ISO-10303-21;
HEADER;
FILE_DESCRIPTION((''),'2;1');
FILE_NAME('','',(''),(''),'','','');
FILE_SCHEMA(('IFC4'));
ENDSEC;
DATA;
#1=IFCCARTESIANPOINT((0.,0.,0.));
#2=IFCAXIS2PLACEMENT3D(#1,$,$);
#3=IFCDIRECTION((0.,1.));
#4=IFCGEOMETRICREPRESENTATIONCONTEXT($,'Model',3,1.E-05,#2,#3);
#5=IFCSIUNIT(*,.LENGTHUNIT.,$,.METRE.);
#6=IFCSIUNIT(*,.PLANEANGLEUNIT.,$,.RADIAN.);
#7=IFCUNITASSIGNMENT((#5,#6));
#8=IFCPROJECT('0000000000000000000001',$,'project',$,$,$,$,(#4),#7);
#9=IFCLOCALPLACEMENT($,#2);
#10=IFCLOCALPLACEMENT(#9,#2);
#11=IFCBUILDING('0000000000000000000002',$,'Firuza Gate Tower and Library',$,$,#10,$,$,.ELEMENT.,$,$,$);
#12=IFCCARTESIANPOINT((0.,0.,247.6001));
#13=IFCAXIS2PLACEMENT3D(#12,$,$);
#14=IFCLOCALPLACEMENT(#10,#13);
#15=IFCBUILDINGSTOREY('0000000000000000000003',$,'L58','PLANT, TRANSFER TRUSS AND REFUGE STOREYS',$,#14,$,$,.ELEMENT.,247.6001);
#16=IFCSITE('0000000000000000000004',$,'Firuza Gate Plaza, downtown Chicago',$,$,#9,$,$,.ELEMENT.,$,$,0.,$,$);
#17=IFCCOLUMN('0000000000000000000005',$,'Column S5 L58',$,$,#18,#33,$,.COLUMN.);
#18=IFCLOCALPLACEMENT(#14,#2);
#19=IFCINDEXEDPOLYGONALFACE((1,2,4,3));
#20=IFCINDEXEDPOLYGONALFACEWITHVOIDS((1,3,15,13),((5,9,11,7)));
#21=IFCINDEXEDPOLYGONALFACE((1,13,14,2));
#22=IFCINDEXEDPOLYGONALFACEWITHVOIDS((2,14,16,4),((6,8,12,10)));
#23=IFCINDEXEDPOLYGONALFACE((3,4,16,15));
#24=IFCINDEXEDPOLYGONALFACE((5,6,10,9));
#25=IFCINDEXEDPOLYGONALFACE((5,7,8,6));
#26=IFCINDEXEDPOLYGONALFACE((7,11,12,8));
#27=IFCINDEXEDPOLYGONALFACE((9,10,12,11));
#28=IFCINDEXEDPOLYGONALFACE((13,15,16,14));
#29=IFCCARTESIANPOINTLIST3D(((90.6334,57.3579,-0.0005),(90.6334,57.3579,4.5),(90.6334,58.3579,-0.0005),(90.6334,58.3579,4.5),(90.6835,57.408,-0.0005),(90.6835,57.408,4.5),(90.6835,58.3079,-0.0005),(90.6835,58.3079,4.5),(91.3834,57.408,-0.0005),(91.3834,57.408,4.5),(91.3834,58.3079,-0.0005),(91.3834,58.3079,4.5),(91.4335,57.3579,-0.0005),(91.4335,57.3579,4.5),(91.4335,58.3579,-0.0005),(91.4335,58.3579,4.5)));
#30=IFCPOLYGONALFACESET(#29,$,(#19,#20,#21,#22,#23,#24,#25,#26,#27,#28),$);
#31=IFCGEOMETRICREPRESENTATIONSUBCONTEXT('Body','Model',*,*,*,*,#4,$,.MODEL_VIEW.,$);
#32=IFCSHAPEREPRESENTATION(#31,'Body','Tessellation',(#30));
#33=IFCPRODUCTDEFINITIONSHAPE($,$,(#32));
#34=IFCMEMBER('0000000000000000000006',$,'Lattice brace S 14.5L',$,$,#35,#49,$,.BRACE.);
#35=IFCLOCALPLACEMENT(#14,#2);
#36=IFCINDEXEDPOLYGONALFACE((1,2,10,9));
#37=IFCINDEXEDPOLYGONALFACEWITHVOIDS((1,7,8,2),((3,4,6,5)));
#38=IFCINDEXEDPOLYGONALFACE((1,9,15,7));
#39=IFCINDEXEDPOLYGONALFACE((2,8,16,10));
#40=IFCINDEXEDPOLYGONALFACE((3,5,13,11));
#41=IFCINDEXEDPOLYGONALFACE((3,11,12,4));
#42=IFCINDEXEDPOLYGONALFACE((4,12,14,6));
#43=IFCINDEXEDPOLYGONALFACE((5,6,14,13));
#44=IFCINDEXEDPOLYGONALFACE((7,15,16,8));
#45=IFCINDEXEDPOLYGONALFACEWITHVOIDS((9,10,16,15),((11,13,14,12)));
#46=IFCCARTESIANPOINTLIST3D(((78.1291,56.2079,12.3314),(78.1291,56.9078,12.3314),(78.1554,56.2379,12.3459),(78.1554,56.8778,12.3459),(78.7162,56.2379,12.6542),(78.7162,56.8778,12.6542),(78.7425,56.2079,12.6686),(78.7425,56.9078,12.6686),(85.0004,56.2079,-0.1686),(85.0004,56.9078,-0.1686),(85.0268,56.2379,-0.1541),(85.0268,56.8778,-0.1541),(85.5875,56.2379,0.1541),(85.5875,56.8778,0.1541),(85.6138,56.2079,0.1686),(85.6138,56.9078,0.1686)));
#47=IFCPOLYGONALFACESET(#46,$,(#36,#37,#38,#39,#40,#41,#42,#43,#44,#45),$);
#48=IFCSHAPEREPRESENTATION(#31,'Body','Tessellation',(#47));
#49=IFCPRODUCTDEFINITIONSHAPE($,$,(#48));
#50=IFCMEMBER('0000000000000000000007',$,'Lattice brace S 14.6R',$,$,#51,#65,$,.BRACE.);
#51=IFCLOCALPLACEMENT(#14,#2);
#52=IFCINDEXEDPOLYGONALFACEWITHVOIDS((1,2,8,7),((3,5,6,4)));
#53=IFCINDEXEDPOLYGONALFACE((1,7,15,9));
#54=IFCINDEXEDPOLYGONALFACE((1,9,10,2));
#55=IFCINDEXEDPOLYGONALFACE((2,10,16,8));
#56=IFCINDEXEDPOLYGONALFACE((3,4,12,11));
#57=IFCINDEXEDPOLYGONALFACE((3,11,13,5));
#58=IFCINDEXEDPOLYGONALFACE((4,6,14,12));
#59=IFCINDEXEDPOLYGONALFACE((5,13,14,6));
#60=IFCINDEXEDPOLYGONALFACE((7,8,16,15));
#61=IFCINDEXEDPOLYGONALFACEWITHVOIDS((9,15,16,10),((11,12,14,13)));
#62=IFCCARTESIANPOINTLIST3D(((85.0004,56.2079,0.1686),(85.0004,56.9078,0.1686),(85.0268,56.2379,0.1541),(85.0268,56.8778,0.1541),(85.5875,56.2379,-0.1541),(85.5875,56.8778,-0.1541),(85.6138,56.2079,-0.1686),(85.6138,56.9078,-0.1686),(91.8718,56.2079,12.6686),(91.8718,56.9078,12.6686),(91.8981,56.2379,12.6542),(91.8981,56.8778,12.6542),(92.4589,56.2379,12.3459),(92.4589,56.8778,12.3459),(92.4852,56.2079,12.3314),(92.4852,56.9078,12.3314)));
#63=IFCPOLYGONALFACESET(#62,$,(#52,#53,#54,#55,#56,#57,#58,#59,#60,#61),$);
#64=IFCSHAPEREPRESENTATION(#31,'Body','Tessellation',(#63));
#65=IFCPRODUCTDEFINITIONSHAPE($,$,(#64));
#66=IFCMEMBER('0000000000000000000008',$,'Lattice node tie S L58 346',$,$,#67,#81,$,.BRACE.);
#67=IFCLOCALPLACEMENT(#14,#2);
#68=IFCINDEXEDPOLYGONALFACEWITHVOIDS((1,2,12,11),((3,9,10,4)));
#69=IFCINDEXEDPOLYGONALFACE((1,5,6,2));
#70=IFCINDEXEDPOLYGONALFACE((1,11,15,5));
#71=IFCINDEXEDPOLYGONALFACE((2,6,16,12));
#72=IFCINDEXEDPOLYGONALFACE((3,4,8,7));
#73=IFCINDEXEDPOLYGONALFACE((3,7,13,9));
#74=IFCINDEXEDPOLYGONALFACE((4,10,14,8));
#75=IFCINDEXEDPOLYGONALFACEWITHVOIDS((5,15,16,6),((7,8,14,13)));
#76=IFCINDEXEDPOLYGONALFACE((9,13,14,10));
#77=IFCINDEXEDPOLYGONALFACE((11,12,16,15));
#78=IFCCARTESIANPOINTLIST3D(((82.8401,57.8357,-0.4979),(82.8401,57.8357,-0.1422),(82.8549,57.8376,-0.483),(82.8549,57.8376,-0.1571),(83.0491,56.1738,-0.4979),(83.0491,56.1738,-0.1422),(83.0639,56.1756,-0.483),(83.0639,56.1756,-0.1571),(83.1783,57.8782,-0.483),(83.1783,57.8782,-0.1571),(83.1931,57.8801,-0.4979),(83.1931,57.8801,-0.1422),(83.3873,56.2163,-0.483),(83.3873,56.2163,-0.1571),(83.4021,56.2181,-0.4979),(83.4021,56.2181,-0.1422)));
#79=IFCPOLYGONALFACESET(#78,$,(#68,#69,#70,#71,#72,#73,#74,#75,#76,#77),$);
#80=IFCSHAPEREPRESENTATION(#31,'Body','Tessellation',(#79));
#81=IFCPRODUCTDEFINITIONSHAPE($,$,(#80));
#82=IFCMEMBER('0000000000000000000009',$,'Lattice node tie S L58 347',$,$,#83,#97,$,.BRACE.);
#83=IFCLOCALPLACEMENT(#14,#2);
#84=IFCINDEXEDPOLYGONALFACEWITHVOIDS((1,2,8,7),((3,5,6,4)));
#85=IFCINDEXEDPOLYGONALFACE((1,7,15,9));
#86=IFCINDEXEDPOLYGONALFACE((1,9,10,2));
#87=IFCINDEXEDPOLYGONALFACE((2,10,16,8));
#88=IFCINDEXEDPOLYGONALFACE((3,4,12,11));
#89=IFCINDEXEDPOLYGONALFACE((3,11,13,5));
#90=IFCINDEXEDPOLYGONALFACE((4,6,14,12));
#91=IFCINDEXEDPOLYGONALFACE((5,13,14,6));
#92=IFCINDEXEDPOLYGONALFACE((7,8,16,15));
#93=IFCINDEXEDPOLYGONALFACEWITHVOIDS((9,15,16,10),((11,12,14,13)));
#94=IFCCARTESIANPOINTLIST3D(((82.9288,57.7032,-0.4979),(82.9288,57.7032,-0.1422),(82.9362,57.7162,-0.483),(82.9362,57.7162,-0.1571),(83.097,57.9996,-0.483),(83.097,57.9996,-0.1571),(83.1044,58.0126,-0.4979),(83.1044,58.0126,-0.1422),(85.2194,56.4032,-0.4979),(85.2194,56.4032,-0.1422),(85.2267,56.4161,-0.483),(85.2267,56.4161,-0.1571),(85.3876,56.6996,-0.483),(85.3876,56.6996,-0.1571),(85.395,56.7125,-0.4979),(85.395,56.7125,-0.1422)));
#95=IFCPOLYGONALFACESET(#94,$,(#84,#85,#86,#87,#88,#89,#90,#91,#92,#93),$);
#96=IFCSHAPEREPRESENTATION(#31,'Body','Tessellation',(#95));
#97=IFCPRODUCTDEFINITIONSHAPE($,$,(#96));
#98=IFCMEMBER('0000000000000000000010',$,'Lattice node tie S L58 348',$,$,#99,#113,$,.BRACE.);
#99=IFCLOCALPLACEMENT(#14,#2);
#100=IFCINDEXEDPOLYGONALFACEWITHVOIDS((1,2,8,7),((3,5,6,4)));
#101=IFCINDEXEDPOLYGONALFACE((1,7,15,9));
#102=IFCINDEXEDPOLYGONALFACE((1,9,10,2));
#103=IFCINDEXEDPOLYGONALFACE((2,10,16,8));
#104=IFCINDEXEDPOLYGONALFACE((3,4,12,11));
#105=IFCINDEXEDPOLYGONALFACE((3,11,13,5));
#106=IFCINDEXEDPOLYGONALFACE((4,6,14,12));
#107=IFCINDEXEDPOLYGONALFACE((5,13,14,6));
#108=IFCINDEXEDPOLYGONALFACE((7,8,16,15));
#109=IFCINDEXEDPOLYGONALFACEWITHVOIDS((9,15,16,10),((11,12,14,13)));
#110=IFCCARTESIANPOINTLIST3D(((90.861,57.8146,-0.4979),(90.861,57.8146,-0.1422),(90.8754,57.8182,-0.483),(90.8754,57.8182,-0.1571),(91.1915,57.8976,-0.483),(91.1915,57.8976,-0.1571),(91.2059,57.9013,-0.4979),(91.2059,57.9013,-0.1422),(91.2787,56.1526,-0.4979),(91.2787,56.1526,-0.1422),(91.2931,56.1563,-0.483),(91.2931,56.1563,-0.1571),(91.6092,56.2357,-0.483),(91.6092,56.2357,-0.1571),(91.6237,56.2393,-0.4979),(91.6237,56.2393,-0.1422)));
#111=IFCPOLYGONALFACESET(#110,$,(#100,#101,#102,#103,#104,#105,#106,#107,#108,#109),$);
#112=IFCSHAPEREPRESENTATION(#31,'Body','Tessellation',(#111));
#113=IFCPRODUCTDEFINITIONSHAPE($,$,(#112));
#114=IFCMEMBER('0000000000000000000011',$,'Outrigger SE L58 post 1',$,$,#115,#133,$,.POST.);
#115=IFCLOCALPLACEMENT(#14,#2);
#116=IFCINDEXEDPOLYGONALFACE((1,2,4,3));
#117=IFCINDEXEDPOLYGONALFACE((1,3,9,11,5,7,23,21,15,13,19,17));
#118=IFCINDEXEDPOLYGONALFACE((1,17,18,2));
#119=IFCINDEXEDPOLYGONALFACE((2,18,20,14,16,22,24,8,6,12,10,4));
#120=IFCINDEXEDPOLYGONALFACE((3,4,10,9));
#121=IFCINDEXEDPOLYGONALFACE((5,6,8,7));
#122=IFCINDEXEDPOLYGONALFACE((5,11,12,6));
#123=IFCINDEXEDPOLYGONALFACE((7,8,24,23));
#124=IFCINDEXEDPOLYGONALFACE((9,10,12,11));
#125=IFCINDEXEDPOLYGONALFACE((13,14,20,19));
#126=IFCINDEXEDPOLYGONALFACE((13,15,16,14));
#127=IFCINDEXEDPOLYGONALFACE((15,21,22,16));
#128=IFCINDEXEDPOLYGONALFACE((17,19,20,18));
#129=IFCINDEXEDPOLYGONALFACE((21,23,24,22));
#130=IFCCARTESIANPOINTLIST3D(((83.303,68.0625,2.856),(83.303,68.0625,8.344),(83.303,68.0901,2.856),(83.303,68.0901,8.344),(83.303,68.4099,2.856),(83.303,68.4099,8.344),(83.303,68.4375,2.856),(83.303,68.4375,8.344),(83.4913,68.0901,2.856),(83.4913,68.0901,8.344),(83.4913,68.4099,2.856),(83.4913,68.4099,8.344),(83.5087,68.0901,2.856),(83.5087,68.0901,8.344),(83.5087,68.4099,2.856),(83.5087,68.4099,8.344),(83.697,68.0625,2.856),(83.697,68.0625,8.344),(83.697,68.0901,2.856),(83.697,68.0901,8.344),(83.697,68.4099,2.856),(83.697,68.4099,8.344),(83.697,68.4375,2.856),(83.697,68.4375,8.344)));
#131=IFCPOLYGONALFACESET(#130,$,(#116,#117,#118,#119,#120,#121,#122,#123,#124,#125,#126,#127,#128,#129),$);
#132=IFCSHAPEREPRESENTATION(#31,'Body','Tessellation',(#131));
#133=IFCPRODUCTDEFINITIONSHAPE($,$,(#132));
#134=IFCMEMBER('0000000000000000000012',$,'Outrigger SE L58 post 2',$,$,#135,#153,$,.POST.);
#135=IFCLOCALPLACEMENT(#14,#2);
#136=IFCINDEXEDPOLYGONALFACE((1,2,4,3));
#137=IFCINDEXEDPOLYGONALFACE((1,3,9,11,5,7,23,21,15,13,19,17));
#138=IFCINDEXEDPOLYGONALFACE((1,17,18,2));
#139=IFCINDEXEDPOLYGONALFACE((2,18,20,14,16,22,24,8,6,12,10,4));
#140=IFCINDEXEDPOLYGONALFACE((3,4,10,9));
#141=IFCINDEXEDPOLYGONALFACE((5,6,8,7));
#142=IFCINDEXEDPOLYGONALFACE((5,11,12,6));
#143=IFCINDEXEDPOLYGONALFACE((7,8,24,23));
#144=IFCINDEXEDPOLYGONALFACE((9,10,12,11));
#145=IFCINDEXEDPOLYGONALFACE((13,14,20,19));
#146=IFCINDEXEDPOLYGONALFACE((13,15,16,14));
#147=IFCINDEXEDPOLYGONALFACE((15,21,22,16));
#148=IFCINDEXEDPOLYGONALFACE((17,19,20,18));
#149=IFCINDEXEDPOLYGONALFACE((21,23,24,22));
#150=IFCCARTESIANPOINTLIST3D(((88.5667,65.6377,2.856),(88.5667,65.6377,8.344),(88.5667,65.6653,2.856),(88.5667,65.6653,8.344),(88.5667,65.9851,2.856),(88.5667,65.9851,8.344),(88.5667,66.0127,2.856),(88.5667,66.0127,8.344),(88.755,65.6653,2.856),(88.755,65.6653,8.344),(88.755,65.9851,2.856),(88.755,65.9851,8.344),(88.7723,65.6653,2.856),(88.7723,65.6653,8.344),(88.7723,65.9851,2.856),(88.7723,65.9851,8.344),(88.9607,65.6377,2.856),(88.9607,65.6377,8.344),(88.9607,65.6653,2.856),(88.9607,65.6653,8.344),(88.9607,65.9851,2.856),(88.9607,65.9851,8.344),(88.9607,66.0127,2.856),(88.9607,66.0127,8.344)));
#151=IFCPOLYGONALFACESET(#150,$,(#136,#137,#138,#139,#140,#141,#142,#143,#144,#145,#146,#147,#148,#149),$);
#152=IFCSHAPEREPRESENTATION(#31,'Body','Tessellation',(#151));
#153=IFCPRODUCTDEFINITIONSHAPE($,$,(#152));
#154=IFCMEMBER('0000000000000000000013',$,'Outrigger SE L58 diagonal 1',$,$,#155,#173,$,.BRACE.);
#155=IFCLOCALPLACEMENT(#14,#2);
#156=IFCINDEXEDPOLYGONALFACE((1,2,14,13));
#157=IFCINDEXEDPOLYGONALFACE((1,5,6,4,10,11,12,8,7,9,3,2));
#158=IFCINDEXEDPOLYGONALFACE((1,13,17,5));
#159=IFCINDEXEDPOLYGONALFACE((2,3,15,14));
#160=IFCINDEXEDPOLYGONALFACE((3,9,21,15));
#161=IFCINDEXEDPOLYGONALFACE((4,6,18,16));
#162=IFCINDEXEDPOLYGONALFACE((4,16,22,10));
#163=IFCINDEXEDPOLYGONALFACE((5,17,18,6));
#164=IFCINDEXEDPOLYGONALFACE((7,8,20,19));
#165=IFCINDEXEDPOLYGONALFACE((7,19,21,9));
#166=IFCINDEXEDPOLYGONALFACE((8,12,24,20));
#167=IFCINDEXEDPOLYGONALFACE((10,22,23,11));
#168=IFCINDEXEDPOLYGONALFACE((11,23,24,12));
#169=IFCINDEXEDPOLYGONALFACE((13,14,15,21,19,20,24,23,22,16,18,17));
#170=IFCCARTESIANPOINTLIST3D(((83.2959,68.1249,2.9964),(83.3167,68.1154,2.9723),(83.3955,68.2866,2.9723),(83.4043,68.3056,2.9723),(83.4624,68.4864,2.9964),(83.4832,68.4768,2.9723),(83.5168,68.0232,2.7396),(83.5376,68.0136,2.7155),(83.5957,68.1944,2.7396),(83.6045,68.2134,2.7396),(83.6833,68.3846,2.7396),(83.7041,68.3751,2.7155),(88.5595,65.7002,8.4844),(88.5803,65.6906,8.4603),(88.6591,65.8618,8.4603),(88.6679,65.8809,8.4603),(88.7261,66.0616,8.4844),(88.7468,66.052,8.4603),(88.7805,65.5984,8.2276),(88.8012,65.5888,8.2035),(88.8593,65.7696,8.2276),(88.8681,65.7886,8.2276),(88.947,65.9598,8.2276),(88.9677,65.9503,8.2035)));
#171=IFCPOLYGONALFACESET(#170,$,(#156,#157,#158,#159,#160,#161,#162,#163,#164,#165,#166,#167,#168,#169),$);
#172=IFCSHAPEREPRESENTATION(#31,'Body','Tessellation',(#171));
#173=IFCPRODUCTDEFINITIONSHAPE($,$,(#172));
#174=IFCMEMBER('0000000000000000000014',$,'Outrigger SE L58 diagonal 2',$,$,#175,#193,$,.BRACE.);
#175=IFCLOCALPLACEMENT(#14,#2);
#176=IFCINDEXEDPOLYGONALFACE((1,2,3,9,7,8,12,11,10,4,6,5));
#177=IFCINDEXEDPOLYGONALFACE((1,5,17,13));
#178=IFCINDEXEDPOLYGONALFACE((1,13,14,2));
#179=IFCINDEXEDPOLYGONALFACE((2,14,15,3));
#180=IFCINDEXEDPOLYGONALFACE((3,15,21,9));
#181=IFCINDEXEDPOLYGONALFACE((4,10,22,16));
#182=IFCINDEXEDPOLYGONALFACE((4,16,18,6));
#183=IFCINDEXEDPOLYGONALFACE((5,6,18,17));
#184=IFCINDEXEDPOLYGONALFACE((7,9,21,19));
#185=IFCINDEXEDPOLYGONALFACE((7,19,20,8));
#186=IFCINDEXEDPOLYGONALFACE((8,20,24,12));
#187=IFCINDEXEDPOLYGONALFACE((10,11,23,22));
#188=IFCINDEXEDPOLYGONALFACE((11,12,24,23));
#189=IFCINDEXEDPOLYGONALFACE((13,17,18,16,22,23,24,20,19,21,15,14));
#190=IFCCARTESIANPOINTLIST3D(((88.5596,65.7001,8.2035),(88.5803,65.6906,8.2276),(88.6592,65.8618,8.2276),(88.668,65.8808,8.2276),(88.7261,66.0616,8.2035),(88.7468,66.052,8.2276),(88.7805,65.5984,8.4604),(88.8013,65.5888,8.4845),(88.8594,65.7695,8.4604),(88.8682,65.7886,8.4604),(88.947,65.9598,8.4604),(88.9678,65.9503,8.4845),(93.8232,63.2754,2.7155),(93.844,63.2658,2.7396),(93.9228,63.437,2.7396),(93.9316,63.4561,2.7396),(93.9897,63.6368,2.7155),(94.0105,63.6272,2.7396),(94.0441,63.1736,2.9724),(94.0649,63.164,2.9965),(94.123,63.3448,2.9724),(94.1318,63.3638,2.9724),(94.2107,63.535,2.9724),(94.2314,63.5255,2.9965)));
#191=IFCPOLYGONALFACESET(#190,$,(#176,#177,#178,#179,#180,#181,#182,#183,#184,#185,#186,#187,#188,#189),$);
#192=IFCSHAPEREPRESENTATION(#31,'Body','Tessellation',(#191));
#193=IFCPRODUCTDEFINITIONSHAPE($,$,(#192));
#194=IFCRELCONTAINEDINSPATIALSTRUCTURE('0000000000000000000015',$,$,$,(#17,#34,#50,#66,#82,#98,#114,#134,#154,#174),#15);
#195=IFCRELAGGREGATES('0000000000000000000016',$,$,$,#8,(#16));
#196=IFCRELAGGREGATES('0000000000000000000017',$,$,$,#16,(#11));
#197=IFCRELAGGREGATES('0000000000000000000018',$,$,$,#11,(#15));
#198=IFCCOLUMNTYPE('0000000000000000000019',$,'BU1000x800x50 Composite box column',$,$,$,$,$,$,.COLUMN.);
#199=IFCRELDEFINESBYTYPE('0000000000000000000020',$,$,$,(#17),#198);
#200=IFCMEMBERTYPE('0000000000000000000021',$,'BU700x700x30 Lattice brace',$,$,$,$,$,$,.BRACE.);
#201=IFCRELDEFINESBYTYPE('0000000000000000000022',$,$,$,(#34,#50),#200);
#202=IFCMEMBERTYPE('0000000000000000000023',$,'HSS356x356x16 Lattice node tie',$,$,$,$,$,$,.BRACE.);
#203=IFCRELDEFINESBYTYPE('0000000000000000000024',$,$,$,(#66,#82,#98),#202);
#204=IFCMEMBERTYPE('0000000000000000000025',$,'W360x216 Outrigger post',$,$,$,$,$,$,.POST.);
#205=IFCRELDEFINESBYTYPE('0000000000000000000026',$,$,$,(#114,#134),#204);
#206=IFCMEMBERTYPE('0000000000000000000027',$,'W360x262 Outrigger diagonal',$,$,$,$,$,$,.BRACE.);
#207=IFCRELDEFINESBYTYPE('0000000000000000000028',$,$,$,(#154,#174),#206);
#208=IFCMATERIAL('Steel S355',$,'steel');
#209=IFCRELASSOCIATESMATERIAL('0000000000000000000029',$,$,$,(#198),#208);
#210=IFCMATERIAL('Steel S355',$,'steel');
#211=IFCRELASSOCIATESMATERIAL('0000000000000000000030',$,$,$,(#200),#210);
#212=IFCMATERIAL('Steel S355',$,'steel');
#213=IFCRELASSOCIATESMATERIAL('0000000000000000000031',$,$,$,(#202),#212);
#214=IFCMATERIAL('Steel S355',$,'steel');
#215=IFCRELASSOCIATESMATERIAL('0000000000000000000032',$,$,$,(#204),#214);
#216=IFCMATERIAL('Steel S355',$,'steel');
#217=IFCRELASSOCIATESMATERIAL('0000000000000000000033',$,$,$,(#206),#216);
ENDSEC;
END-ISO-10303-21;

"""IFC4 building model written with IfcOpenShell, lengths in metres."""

from ifc_helpers import new_model, si_unit, direction, frame, origin, origin_2d, place, context, subcontext, project, spatial, hollow_rectangle, i_section, extrude, material, material_profile, profile_set, type_object, element, save


model = new_model("IFC4")

# Units and contexts
model_context = context("Model", 3, precision=1e-05, world=origin(), true_north=direction((0.0, 1.0)))
body_context = subcontext(model_context, "Body", "Model", "MODEL_VIEW")
ifc_project = project(units=[si_unit("LENGTHUNIT", "METRE"), si_unit("PLANEANGLEUNIT", "RADIAN")], contexts=[model_context])

# Site, building, storey
site_placement = place(None, origin())
site = spatial("IfcSite", under=ifc_project, at=site_placement, Name="Firuza Gate Plaza, downtown Chicago", CompositionType="ELEMENT", RefElevation=0.0)
building_placement = place(site_placement, origin())
building = spatial("IfcBuilding", under=site, at=building_placement, Name="Firuza Gate Tower and Library", CompositionType="ELEMENT")
storey_placement = place(building_placement, frame((0.0, 0.0, 247.6001)))
storey = spatial("IfcBuildingStorey", under=building, at=storey_placement, Name="L58", Description="PLANT, TRANSFER TRUSS AND REFUGE STOREYS", CompositionType="ELEMENT", Elevation=247.6001)

# Column
ifc_material_1 = material(Name="Steel S355", Category="steel")
ifc_material_profile_1 = material_profile(ifc_material_1, hollow_rectangle(XDim=0.8, YDim=1.0, WallThickness=0.05, at=origin_2d()))
ifc_profile_set_1 = profile_set([ifc_material_profile_1], Name="Steel S355")
column_type = type_object("IfcColumnType", Name="BU1000x800x50 Composite box column", PredefinedType="COLUMN", material=ifc_profile_set_1)
column_placement = place(storey_placement, frame((91.0334, 57.8579, -0.0005), z_axis=(0.0, 0.0, 1.0), x_axis=(1.0, 0.0, 0.0)))
element("IfcColumn", 1, at=column_placement, inside=storey, type_object=column_type, Name="Column S5 L58", PredefinedType="COLUMN", context=body_context, shape_type="SweptSolid", body=[
    extrude(hollow_rectangle(XDim=0.8, YDim=1.0, WallThickness=0.05, at=origin_2d()), origin(), (0.0, 0.0, 1.0), 4.5005),
])

# Members
ifc_material_2 = material(Name="Steel S355", Category="steel")
ifc_material_profile_2 = material_profile(ifc_material_2, hollow_rectangle(XDim=0.7, YDim=0.7, WallThickness=0.03, at=origin_2d()))
ifc_profile_set_2 = profile_set([ifc_material_profile_2], Name="Steel S355")
member_type_1 = type_object("IfcMemberType", Name="BU700x700x30 Lattice brace", PredefinedType="BRACE", material=ifc_profile_set_2)
for number, where, z_axis, x_axis, name in (
    (2, (85.3071, 56.5579, 0.0), (-0.481722, 0.0, 0.876324), (0.0, -1.0, 0.0), "Lattice brace S 14.5L"),
    (3, (85.3071, 56.5579, 0.0), (0.481722, 0.0, 0.876324), (0.0, 1.0, 0.0), "Lattice brace S 14.6R"),
):
    element("IfcMember", number, at=place(storey_placement, frame(where, z_axis=z_axis, x_axis=x_axis)), inside=storey, type_object=member_type_1, Name=name, PredefinedType="BRACE", context=body_context, shape_type="SweptSolid", body=[
        extrude(hollow_rectangle(XDim=0.7, YDim=0.7, WallThickness=0.03, at=origin_2d()), origin(), (0.0, 0.0, 1.0), 14.2642),
    ])
ifc_material_3 = material(Name="Steel S355", Category="steel")
ifc_material_profile_3 = material_profile(ifc_material_3, hollow_rectangle(XDim=0.3557, YDim=0.3557, WallThickness=0.0149, at=origin_2d()))
ifc_profile_set_3 = profile_set([ifc_material_profile_3], Name="Steel S355")
member_type_2 = type_object("IfcMemberType", Name="HSS356x356x16 Lattice node tie", PredefinedType="BRACE", material=ifc_profile_set_3)
member_1_placement = place(storey_placement, frame((83.0166, 57.8579, -0.3201), z_axis=(0.12477, -0.992186, 0.0), x_axis=(0.992186, 0.12477, 0.0)))
element("IfcMember", 4, at=member_1_placement, inside=storey, type_object=member_type_2, Name="Lattice node tie S L58 346", PredefinedType="BRACE", context=body_context, shape_type="SweptSolid", body=[
    extrude(hollow_rectangle(XDim=0.3557, YDim=0.3557, WallThickness=0.0149, at=origin_2d()), origin(), (0.0, 0.0, 1.0), 1.675),
])
member_2_placement = place(storey_placement, frame((83.0166, 57.8579, -0.3201), z_axis=(0.869683, -0.493611, 0.0), x_axis=(0.493611, 0.869683, 0.0)))
element("IfcMember", 5, at=member_2_placement, inside=storey, type_object=member_type_2, Name="Lattice node tie S L58 347", PredefinedType="BRACE", context=body_context, shape_type="SweptSolid", body=[
    extrude(hollow_rectangle(XDim=0.3557, YDim=0.3557, WallThickness=0.0149, at=origin_2d()), origin(), (0.0, 0.0, 1.0), 2.6338),
])
member_3_placement = place(storey_placement, frame((91.0334, 57.8579, -0.3201), z_axis=(0.243776, -0.969832, 0.0), x_axis=(0.969832, 0.243776, 0.0)))
element("IfcMember", 6, at=member_3_placement, inside=storey, type_object=member_type_2, Name="Lattice node tie S L58 348", PredefinedType="BRACE", context=body_context, shape_type="SweptSolid", body=[
    extrude(hollow_rectangle(XDim=0.3557, YDim=0.3557, WallThickness=0.0149, at=origin_2d()), origin(), (0.0, 0.0, 1.0), 1.7136),
])
ifc_material_4 = material(Name="Steel S355", Category="steel")
ifc_material_profile_4 = material_profile(ifc_material_4, i_section(OverallWidth=0.394, OverallDepth=0.375, WebThickness=0.0173, FlangeThickness=0.0276, at=origin_2d()))
ifc_profile_set_4 = profile_set([ifc_material_profile_4], Name="Steel S355")
member_type_3 = type_object("IfcMemberType", Name="W360x216 Outrigger post", PredefinedType="POST", material=ifc_profile_set_4)
for number, where, z_axis, x_axis, name in (
    (7, (83.5, 68.25, 2.856), (0.0, 0.0, 1.0), (1.0, 0.0, 0.0), "Outrigger SE L58 post 1"),
    (8, (88.7637, 65.8252, 2.856), (0.0, 0.0, 1.0), (1.0, 0.0, 0.0), "Outrigger SE L58 post 2"),
):
    element("IfcMember", number, at=place(storey_placement, frame(where, z_axis=z_axis, x_axis=x_axis)), inside=storey, type_object=member_type_3, Name=name, PredefinedType="POST", context=body_context, shape_type="SweptSolid", body=[
        extrude(i_section(OverallWidth=0.394, OverallDepth=0.375, WebThickness=0.0173, FlangeThickness=0.0276, at=origin_2d()), origin(), (0.0, 0.0, 1.0), 5.488),
    ])
ifc_material_5 = material(Name="Steel S355", Category="steel")
ifc_material_profile_5 = material_profile(ifc_material_5, i_section(OverallWidth=0.3979, OverallDepth=0.387, WebThickness=0.021, FlangeThickness=0.0332, at=origin_2d()))
ifc_profile_set_5 = profile_set([ifc_material_profile_5], Name="Steel S355")
member_type_4 = type_object("IfcMemberType", Name="W360x262 Outrigger diagonal", PredefinedType="BRACE", material=ifc_profile_set_5)
for number, where, z_axis, x_axis, name in (
    (9, (83.5, 68.25, 2.856), (0.659483, -0.303803, 0.687594), (0.418406, 0.90826, 0.0), "Outrigger SE L58 diagonal 1"),
    (10, (88.7637, 65.8252, 8.344), (0.659483, -0.303803, -0.687594), (0.418406, 0.90826, 0.0), "Outrigger SE L58 diagonal 2"),
):
    element("IfcMember", number, at=place(storey_placement, frame(where, z_axis=z_axis, x_axis=x_axis)), inside=storey, type_object=member_type_4, Name=name, PredefinedType="BRACE", context=body_context, shape_type="SweptSolid", body=[
        extrude(i_section(OverallWidth=0.3979, OverallDepth=0.387, WebThickness=0.021, FlangeThickness=0.0332, at=origin_2d()), origin(), (0.0, 0.0, 1.0), 7.9814),
    ])

save(model, "model.ifc")
